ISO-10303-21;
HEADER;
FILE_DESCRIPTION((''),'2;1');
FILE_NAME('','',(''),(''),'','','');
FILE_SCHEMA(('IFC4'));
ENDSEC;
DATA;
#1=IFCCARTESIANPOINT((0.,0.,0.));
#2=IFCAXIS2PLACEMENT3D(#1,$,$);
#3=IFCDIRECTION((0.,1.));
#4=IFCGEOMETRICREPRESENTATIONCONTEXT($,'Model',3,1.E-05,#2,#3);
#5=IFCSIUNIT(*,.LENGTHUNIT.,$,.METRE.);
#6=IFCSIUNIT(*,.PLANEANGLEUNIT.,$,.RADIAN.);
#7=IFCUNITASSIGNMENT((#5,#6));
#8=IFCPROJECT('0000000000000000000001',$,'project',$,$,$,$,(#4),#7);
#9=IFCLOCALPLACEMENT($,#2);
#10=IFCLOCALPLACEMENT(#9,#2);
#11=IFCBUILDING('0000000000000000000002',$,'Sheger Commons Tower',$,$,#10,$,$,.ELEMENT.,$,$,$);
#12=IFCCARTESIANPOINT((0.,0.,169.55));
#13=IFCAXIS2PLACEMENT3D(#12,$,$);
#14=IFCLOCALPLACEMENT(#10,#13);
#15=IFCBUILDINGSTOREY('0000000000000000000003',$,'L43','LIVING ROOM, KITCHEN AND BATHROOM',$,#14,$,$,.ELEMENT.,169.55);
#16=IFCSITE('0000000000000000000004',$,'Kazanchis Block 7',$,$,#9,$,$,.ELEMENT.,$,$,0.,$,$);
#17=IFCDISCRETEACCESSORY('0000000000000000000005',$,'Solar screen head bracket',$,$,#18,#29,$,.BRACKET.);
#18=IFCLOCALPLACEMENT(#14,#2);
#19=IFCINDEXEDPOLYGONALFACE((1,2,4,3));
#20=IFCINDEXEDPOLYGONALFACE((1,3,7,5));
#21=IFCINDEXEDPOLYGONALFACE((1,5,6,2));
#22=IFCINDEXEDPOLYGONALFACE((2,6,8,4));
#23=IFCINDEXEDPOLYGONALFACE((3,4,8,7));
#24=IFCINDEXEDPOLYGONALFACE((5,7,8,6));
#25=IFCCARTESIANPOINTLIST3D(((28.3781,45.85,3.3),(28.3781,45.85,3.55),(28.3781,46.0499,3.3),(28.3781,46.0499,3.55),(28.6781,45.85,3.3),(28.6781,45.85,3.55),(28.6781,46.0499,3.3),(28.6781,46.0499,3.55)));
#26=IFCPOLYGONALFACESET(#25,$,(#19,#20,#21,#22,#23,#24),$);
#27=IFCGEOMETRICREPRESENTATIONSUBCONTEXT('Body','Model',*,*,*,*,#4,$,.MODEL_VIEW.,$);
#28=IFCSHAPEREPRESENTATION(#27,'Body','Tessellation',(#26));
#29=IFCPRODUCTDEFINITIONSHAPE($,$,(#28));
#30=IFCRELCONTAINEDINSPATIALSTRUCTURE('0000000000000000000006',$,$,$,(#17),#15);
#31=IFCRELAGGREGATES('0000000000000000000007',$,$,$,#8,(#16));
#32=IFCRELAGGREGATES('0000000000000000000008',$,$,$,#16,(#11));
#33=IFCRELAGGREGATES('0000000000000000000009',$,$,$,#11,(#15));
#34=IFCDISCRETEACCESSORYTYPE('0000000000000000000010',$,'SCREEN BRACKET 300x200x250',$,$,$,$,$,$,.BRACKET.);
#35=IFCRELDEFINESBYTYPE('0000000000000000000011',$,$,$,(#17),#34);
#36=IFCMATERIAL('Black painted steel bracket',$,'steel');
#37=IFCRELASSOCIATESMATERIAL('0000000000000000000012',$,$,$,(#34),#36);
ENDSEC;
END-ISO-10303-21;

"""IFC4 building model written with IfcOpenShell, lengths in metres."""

from ifc_helpers import new_model, si_unit, direction, frame, origin, origin_2d, place, context, subcontext, project, spatial, rectangle, extrude, material, type_object, element, save


model = new_model("IFC4")

# Units and contexts
model_context = context("Model", 3, precision=1e-05, world=origin(), true_north=direction((0.0, 1.0)))
body_context = subcontext(model_context, "Body", "Model", "MODEL_VIEW")
ifc_project = project(units=[si_unit("LENGTHUNIT", "METRE"), si_unit("PLANEANGLEUNIT", "RADIAN")], contexts=[model_context])

# Site, building, storey
site_placement = place(None, origin())
site = spatial("IfcSite", under=ifc_project, at=site_placement, Name="Kazanchis Block 7", CompositionType="ELEMENT", RefElevation=0.0)
building_placement = place(site_placement, origin())
building = spatial("IfcBuilding", under=site, at=building_placement, Name="Sheger Commons Tower", CompositionType="ELEMENT")
storey_placement = place(building_placement, frame((0.0, 0.0, 169.55)))
storey = spatial("IfcBuildingStorey", under=building, at=storey_placement, Name="L43", Description="LIVING ROOM, KITCHEN AND BATHROOM", CompositionType="ELEMENT", Elevation=169.55)

# Discrete accessory
ifc_material_1 = material(Name="Black painted steel bracket", Category="steel")
discrete_accessory_type = type_object("IfcDiscreteAccessoryType", Name="SCREEN BRACKET 300x200x250", PredefinedType="BRACKET", material=ifc_material_1)
for number, where, z_axis, x_axis, name in (
    (1, (28.5281, 45.95, 3.3), (0.0, 0.0, 1.0), (-1.0, 0.0, 0.0), "Solar screen head bracket"),
):
    element("IfcDiscreteAccessory", number, at=place(storey_placement, frame(where, z_axis=z_axis, x_axis=x_axis)), inside=storey, type_object=discrete_accessory_type, Name=name, PredefinedType="BRACKET", context=body_context, shape_type="SweptSolid", body=[
        extrude(rectangle(XDim=0.3, YDim=0.2, at=origin_2d()), origin(), (0.0, 0.0, 1.0), 0.25),
    ])

save(model, "model.ifc")
